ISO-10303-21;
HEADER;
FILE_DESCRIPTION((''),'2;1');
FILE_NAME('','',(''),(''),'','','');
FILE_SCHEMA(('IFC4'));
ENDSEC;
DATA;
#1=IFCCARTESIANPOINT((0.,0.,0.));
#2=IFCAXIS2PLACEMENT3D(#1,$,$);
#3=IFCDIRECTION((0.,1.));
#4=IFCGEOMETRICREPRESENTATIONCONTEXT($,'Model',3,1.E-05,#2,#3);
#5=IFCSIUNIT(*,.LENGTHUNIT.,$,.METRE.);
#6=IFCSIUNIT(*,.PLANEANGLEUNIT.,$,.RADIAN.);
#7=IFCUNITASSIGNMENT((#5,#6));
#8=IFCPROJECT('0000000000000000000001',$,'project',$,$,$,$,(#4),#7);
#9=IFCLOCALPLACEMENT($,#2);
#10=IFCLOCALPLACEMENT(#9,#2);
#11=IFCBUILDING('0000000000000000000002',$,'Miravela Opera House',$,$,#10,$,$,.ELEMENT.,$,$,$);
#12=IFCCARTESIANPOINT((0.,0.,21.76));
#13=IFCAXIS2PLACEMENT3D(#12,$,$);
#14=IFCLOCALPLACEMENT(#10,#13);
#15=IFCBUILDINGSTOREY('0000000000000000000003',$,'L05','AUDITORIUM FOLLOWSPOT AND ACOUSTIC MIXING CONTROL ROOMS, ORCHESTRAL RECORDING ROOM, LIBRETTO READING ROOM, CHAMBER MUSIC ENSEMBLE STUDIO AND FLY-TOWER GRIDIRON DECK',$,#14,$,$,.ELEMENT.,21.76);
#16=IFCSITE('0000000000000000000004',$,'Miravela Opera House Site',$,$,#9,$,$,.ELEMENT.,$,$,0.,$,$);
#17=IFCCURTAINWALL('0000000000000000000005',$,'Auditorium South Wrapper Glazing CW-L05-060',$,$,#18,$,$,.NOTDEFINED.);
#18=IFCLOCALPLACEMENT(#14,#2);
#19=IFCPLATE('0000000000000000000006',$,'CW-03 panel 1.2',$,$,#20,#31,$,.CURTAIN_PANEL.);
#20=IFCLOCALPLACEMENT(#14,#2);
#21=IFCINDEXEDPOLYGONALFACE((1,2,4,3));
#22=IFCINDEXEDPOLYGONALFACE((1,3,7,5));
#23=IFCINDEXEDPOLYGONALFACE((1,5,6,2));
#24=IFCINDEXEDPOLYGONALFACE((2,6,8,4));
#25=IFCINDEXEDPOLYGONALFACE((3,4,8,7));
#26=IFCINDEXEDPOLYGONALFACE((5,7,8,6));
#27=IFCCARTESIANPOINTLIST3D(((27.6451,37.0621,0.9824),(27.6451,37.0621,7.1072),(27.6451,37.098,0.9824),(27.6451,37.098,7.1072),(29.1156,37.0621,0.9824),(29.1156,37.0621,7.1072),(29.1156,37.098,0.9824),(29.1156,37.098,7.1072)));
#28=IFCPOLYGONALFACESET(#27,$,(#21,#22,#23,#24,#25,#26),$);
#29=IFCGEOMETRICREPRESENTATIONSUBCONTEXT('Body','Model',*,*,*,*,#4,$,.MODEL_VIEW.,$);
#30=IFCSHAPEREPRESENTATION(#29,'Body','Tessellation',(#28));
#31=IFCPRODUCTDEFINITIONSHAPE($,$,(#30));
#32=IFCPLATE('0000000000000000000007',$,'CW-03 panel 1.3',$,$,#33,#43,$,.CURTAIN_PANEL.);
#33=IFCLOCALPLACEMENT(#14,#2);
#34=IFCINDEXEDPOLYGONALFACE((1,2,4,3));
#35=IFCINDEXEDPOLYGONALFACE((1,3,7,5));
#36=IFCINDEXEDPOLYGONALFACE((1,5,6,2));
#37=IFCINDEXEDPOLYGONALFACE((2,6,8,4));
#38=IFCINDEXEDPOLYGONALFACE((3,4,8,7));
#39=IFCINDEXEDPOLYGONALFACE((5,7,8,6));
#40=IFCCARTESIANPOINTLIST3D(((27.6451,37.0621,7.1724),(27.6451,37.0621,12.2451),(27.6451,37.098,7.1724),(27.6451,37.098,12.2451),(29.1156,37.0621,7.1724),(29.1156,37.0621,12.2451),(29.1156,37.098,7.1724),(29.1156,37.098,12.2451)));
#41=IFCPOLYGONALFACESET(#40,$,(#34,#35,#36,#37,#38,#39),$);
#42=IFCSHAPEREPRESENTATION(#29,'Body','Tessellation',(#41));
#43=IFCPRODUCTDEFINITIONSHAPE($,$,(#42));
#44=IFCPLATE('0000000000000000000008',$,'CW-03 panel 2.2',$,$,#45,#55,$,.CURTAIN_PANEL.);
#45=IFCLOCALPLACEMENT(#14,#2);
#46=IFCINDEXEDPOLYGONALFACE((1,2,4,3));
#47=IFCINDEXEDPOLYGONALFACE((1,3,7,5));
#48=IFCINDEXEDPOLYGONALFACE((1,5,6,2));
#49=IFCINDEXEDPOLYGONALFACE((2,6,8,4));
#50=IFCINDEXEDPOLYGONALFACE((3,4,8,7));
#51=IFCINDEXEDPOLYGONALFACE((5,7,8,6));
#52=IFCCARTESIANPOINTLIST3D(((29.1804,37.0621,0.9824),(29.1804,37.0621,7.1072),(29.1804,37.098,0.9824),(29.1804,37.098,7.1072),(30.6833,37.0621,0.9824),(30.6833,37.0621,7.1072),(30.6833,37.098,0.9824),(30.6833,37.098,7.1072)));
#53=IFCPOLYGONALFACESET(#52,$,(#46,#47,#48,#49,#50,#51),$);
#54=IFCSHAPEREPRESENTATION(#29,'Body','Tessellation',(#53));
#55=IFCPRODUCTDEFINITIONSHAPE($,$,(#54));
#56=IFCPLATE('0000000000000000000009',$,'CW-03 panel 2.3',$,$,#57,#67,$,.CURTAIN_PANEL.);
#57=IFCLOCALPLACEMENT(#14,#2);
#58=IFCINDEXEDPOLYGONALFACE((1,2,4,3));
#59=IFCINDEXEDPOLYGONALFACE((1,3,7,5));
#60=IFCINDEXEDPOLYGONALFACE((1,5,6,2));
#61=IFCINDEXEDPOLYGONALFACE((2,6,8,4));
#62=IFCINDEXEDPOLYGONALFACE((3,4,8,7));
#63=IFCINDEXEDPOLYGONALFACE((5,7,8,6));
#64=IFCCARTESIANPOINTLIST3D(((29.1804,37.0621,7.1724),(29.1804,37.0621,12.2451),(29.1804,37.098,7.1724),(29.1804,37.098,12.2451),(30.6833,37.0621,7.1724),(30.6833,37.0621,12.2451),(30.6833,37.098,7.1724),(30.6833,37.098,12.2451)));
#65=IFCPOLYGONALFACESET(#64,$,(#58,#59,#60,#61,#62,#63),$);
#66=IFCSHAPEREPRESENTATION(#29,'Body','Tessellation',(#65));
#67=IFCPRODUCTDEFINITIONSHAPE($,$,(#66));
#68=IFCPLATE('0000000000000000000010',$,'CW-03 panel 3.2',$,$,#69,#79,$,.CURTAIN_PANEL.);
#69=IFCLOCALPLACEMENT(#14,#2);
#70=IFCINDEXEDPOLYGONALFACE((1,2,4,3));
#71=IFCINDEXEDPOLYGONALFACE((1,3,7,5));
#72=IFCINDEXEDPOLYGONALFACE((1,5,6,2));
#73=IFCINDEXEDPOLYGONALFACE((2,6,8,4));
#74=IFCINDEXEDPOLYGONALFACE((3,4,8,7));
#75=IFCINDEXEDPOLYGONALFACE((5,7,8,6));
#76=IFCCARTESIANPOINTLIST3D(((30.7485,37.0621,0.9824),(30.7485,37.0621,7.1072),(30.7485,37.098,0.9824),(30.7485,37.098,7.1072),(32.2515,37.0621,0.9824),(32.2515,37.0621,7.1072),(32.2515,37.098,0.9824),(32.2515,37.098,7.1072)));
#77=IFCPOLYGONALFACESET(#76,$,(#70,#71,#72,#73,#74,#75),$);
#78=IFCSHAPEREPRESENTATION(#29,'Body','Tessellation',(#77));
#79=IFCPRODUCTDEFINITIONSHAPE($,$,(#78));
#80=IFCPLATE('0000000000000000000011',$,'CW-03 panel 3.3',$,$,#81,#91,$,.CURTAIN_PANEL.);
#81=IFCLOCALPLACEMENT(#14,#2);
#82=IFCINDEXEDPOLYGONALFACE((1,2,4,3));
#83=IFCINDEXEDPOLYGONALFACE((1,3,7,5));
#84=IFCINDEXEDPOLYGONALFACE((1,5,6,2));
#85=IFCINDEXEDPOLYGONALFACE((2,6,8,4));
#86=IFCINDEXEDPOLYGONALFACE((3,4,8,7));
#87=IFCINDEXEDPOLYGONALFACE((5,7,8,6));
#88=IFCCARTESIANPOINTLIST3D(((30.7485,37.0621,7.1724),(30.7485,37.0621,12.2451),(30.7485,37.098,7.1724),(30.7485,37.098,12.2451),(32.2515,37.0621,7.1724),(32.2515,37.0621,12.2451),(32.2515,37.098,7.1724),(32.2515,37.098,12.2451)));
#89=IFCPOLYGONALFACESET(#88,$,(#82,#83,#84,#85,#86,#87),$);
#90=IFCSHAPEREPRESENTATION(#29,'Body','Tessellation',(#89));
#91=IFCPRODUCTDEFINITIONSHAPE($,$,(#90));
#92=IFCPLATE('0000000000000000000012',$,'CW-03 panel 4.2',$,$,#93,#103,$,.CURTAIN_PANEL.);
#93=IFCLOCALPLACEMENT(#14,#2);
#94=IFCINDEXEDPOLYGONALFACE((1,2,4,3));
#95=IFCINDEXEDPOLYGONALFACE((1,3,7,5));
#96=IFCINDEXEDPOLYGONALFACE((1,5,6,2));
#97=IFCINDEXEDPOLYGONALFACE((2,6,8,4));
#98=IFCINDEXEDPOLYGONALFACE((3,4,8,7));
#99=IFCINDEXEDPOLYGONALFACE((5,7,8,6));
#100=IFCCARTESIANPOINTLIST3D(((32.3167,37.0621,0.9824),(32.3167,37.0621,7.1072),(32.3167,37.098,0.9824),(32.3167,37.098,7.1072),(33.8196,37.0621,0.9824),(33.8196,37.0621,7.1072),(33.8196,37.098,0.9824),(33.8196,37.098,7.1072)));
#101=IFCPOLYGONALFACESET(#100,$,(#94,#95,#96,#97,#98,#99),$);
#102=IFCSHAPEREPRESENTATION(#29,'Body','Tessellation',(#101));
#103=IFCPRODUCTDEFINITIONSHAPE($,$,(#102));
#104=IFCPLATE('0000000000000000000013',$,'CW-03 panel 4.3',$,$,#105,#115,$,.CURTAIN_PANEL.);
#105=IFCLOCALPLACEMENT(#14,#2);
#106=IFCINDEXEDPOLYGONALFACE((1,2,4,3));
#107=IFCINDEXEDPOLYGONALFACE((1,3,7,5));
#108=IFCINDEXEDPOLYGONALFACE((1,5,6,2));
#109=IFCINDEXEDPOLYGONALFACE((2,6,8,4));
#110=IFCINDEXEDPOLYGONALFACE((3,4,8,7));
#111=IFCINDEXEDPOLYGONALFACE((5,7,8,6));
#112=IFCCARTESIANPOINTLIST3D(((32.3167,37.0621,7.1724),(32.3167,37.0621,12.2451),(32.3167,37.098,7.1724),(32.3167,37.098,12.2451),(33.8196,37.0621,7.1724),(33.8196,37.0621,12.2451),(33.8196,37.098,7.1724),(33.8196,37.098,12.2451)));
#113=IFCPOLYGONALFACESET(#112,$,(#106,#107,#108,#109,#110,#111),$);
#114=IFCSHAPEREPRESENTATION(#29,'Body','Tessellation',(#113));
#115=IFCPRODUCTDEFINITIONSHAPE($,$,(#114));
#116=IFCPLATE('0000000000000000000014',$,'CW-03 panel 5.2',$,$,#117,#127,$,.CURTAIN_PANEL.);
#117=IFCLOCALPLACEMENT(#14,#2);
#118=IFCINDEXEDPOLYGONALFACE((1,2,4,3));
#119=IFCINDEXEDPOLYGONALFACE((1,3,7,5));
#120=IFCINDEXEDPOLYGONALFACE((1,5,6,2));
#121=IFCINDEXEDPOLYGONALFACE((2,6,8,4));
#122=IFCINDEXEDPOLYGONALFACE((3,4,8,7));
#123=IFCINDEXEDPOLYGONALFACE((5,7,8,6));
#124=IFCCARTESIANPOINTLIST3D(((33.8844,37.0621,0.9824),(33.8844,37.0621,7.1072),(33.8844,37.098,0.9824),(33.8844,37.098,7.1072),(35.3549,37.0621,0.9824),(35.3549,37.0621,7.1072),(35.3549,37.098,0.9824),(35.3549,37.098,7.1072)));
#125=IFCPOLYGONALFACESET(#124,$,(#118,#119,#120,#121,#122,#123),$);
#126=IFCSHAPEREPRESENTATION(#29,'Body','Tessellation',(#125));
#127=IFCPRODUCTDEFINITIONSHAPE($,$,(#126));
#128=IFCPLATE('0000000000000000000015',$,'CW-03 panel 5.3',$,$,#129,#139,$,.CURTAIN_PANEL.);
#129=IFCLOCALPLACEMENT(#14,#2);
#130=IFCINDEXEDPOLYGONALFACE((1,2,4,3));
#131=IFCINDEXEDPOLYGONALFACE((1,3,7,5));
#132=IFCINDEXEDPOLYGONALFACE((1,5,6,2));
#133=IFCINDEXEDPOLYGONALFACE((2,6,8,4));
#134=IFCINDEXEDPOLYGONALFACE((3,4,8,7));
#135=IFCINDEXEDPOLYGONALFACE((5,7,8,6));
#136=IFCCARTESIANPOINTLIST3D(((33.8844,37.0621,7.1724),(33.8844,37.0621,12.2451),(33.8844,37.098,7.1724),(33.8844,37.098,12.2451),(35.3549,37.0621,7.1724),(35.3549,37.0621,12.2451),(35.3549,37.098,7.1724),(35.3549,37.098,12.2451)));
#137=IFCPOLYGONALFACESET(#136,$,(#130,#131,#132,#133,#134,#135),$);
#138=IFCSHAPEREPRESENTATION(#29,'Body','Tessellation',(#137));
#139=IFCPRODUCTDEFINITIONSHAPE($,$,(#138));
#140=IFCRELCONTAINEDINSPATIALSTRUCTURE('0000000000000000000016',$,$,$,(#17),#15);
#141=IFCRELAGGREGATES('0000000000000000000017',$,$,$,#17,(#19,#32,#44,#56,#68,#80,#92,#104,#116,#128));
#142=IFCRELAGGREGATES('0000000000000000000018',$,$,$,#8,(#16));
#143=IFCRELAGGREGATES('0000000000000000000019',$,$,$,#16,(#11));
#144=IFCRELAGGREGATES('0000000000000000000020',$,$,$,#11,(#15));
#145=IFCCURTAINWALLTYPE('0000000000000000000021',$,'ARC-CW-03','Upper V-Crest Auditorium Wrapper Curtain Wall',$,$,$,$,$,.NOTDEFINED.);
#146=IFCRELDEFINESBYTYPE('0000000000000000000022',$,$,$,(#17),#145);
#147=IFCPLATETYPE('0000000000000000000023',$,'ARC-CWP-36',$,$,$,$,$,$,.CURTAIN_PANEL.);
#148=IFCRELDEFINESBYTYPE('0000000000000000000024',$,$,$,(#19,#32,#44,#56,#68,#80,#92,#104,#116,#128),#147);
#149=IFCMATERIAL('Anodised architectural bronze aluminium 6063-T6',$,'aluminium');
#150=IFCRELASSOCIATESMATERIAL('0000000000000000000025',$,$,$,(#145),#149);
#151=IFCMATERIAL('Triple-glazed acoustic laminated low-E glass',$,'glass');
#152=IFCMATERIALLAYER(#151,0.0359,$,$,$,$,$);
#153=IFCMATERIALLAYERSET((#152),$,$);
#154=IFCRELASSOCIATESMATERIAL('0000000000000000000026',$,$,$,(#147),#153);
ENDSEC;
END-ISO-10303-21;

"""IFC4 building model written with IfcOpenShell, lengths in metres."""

from ifc_helpers import new_model, si_unit, direction, frame, origin, origin_2d, place, context, subcontext, project, spatial, rectangle, extrude, material, layer, layer_set, type_object, element, aggregate, save


model = new_model("IFC4")

# Units and contexts
model_context = context("Model", 3, precision=1e-05, world=origin(), true_north=direction((0.0, 1.0)))
body_context = subcontext(model_context, "Body", "Model", "MODEL_VIEW")
ifc_project = project(units=[si_unit("LENGTHUNIT", "METRE"), si_unit("PLANEANGLEUNIT", "RADIAN")], contexts=[model_context])

# Site, building, storey
site_placement = place(None, origin())
site = spatial("IfcSite", under=ifc_project, at=site_placement, Name="Miravela Opera House Site", CompositionType="ELEMENT", RefElevation=0.0)
building_placement = place(site_placement, origin())
building = spatial("IfcBuilding", under=site, at=building_placement, Name="Miravela Opera House", CompositionType="ELEMENT")
storey_placement = place(building_placement, frame((0.0, 0.0, 21.76)))
storey = spatial("IfcBuildingStorey", under=building, at=storey_placement, Name="L05", Description="AUDITORIUM FOLLOWSPOT AND ACOUSTIC MIXING CONTROL ROOMS, ORCHESTRAL RECORDING ROOM, LIBRETTO READING ROOM, CHAMBER MUSIC ENSEMBLE STUDIO AND FLY-TOWER GRIDIRON DECK", CompositionType="ELEMENT", Elevation=21.76)

# Curtain wall
ifc_material_1 = material(Name="Anodised architectural bronze aluminium 6063-T6", Category="aluminium")
curtain_wall_type = type_object("IfcCurtainWallType", Name="ARC-CW-03", Description="Upper V-Crest Auditorium Wrapper Curtain Wall", PredefinedType="NOTDEFINED", material=ifc_material_1)
curtain_wall_placement = place(storey_placement, origin())
curtain_wall = element("IfcCurtainWall", 1, at=curtain_wall_placement, inside=storey, type_object=curtain_wall_type, Name="Auditorium South Wrapper Glazing CW-L05-060", PredefinedType="NOTDEFINED")

# Plates
ifc_material_2 = material(Name="Triple-glazed acoustic laminated low-E glass", Category="glass")
ifc_layer = layer(ifc_material_2, 0.0359)
ifc_layer_set = layer_set([ifc_layer])
plate_type = type_object("IfcPlateType", Name="ARC-CWP-36", PredefinedType="CURTAIN_PANEL", material=ifc_layer_set)
plate_1_placement = place(storey_placement, frame((28.3804, 37.0801, 0.9824), z_axis=(0.0, 0.0, 1.0), x_axis=(1.0, 0.0, 0.0)))
plate_1 = element("IfcPlate", 2, at=plate_1_placement, type_object=plate_type, Name="CW-03 panel 1.2", PredefinedType="CURTAIN_PANEL", context=body_context, shape_type="SweptSolid", body=[
    extrude(rectangle(XDim=1.4705, YDim=0.0359, at=origin_2d()), origin(), (0.0, 0.0, 1.0), 6.1248),
])
plate_2_placement = place(storey_placement, frame((28.3804, 37.0801, 7.1724), z_axis=(0.0, 0.0, 1.0), x_axis=(1.0, 0.0, 0.0)))
plate_2 = element("IfcPlate", 3, at=plate_2_placement, type_object=plate_type, Name="CW-03 panel 1.3", PredefinedType="CURTAIN_PANEL", context=body_context, shape_type="SweptSolid", body=[
    extrude(rectangle(XDim=1.4705, YDim=0.0359, at=origin_2d()), origin(), (0.0, 0.0, 1.0), 5.0728),
])
plate_3_placement = place(storey_placement, frame((29.9319, 37.0801, 0.9824), z_axis=(0.0, 0.0, 1.0), x_axis=(1.0, 0.0, 0.0)))
plate_3 = element("IfcPlate", 4, at=plate_3_placement, type_object=plate_type, Name="CW-03 panel 2.2", PredefinedType="CURTAIN_PANEL", context=body_context, shape_type="SweptSolid", body=[
    extrude(rectangle(XDim=1.5029, YDim=0.0359, at=origin_2d()), origin(), (0.0, 0.0, 1.0), 6.1248),
])
plate_4_placement = place(storey_placement, frame((29.9319, 37.0801, 7.1724), z_axis=(0.0, 0.0, 1.0), x_axis=(1.0, 0.0, 0.0)))
plate_4 = element("IfcPlate", 5, at=plate_4_placement, type_object=plate_type, Name="CW-03 panel 2.3", PredefinedType="CURTAIN_PANEL", context=body_context, shape_type="SweptSolid", body=[
    extrude(rectangle(XDim=1.5029, YDim=0.0359, at=origin_2d()), origin(), (0.0, 0.0, 1.0), 5.0728),
])
plate_5_placement = place(storey_placement, frame((31.5, 37.0801, 0.9824), z_axis=(0.0, 0.0, 1.0), x_axis=(1.0, 0.0, 0.0)))
plate_5 = element("IfcPlate", 6, at=plate_5_placement, type_object=plate_type, Name="CW-03 panel 3.2", PredefinedType="CURTAIN_PANEL", context=body_context, shape_type="SweptSolid", body=[
    extrude(rectangle(XDim=1.5029, YDim=0.0359, at=origin_2d()), origin(), (0.0, 0.0, 1.0), 6.1248),
])
plate_6_placement = place(storey_placement, frame((31.5, 37.0801, 7.1724), z_axis=(0.0, 0.0, 1.0), x_axis=(1.0, 0.0, 0.0)))
plate_6 = element("IfcPlate", 7, at=plate_6_placement, type_object=plate_type, Name="CW-03 panel 3.3", PredefinedType="CURTAIN_PANEL", context=body_context, shape_type="SweptSolid", body=[
    extrude(rectangle(XDim=1.5029, YDim=0.0359, at=origin_2d()), origin(), (0.0, 0.0, 1.0), 5.0728),
])
plate_7_placement = place(storey_placement, frame((33.0681, 37.0801, 0.9824), z_axis=(0.0, 0.0, 1.0), x_axis=(1.0, 0.0, 0.0)))
plate_7 = element("IfcPlate", 8, at=plate_7_placement, type_object=plate_type, Name="CW-03 panel 4.2", PredefinedType="CURTAIN_PANEL", context=body_context, shape_type="SweptSolid", body=[
    extrude(rectangle(XDim=1.5029, YDim=0.0359, at=origin_2d()), origin(), (0.0, 0.0, 1.0), 6.1248),
])
plate_8_placement = place(storey_placement, frame((33.0681, 37.0801, 7.1724), z_axis=(0.0, 0.0, 1.0), x_axis=(1.0, 0.0, 0.0)))
plate_8 = element("IfcPlate", 9, at=plate_8_placement, type_object=plate_type, Name="CW-03 panel 4.3", PredefinedType="CURTAIN_PANEL", context=body_context, shape_type="SweptSolid", body=[
    extrude(rectangle(XDim=1.5029, YDim=0.0359, at=origin_2d()), origin(), (0.0, 0.0, 1.0), 5.0728),
])
plate_9_placement = place(storey_placement, frame((34.6196, 37.0801, 0.9824), z_axis=(0.0, 0.0, 1.0), x_axis=(1.0, 0.0, 0.0)))
plate_9 = element("IfcPlate", 10, at=plate_9_placement, type_object=plate_type, Name="CW-03 panel 5.2", PredefinedType="CURTAIN_PANEL", context=body_context, shape_type="SweptSolid", body=[
    extrude(rectangle(XDim=1.4705, YDim=0.0359, at=origin_2d()), origin(), (0.0, 0.0, 1.0), 6.1248),
])
plate_10_placement = place(storey_placement, frame((34.6196, 37.0801, 7.1724), z_axis=(0.0, 0.0, 1.0), x_axis=(1.0, 0.0, 0.0)))
plate_10 = element("IfcPlate", 11, at=plate_10_placement, type_object=plate_type, Name="CW-03 panel 5.3", PredefinedType="CURTAIN_PANEL", context=body_context, shape_type="SweptSolid", body=[
    extrude(rectangle(XDim=1.4705, YDim=0.0359, at=origin_2d()), origin(), (0.0, 0.0, 1.0), 5.0728),
])
aggregate(curtain_wall, [plate_1, plate_2, plate_3, plate_4, plate_5, plate_6, plate_7, plate_8, plate_9, plate_10])

save(model, "model.ifc")
